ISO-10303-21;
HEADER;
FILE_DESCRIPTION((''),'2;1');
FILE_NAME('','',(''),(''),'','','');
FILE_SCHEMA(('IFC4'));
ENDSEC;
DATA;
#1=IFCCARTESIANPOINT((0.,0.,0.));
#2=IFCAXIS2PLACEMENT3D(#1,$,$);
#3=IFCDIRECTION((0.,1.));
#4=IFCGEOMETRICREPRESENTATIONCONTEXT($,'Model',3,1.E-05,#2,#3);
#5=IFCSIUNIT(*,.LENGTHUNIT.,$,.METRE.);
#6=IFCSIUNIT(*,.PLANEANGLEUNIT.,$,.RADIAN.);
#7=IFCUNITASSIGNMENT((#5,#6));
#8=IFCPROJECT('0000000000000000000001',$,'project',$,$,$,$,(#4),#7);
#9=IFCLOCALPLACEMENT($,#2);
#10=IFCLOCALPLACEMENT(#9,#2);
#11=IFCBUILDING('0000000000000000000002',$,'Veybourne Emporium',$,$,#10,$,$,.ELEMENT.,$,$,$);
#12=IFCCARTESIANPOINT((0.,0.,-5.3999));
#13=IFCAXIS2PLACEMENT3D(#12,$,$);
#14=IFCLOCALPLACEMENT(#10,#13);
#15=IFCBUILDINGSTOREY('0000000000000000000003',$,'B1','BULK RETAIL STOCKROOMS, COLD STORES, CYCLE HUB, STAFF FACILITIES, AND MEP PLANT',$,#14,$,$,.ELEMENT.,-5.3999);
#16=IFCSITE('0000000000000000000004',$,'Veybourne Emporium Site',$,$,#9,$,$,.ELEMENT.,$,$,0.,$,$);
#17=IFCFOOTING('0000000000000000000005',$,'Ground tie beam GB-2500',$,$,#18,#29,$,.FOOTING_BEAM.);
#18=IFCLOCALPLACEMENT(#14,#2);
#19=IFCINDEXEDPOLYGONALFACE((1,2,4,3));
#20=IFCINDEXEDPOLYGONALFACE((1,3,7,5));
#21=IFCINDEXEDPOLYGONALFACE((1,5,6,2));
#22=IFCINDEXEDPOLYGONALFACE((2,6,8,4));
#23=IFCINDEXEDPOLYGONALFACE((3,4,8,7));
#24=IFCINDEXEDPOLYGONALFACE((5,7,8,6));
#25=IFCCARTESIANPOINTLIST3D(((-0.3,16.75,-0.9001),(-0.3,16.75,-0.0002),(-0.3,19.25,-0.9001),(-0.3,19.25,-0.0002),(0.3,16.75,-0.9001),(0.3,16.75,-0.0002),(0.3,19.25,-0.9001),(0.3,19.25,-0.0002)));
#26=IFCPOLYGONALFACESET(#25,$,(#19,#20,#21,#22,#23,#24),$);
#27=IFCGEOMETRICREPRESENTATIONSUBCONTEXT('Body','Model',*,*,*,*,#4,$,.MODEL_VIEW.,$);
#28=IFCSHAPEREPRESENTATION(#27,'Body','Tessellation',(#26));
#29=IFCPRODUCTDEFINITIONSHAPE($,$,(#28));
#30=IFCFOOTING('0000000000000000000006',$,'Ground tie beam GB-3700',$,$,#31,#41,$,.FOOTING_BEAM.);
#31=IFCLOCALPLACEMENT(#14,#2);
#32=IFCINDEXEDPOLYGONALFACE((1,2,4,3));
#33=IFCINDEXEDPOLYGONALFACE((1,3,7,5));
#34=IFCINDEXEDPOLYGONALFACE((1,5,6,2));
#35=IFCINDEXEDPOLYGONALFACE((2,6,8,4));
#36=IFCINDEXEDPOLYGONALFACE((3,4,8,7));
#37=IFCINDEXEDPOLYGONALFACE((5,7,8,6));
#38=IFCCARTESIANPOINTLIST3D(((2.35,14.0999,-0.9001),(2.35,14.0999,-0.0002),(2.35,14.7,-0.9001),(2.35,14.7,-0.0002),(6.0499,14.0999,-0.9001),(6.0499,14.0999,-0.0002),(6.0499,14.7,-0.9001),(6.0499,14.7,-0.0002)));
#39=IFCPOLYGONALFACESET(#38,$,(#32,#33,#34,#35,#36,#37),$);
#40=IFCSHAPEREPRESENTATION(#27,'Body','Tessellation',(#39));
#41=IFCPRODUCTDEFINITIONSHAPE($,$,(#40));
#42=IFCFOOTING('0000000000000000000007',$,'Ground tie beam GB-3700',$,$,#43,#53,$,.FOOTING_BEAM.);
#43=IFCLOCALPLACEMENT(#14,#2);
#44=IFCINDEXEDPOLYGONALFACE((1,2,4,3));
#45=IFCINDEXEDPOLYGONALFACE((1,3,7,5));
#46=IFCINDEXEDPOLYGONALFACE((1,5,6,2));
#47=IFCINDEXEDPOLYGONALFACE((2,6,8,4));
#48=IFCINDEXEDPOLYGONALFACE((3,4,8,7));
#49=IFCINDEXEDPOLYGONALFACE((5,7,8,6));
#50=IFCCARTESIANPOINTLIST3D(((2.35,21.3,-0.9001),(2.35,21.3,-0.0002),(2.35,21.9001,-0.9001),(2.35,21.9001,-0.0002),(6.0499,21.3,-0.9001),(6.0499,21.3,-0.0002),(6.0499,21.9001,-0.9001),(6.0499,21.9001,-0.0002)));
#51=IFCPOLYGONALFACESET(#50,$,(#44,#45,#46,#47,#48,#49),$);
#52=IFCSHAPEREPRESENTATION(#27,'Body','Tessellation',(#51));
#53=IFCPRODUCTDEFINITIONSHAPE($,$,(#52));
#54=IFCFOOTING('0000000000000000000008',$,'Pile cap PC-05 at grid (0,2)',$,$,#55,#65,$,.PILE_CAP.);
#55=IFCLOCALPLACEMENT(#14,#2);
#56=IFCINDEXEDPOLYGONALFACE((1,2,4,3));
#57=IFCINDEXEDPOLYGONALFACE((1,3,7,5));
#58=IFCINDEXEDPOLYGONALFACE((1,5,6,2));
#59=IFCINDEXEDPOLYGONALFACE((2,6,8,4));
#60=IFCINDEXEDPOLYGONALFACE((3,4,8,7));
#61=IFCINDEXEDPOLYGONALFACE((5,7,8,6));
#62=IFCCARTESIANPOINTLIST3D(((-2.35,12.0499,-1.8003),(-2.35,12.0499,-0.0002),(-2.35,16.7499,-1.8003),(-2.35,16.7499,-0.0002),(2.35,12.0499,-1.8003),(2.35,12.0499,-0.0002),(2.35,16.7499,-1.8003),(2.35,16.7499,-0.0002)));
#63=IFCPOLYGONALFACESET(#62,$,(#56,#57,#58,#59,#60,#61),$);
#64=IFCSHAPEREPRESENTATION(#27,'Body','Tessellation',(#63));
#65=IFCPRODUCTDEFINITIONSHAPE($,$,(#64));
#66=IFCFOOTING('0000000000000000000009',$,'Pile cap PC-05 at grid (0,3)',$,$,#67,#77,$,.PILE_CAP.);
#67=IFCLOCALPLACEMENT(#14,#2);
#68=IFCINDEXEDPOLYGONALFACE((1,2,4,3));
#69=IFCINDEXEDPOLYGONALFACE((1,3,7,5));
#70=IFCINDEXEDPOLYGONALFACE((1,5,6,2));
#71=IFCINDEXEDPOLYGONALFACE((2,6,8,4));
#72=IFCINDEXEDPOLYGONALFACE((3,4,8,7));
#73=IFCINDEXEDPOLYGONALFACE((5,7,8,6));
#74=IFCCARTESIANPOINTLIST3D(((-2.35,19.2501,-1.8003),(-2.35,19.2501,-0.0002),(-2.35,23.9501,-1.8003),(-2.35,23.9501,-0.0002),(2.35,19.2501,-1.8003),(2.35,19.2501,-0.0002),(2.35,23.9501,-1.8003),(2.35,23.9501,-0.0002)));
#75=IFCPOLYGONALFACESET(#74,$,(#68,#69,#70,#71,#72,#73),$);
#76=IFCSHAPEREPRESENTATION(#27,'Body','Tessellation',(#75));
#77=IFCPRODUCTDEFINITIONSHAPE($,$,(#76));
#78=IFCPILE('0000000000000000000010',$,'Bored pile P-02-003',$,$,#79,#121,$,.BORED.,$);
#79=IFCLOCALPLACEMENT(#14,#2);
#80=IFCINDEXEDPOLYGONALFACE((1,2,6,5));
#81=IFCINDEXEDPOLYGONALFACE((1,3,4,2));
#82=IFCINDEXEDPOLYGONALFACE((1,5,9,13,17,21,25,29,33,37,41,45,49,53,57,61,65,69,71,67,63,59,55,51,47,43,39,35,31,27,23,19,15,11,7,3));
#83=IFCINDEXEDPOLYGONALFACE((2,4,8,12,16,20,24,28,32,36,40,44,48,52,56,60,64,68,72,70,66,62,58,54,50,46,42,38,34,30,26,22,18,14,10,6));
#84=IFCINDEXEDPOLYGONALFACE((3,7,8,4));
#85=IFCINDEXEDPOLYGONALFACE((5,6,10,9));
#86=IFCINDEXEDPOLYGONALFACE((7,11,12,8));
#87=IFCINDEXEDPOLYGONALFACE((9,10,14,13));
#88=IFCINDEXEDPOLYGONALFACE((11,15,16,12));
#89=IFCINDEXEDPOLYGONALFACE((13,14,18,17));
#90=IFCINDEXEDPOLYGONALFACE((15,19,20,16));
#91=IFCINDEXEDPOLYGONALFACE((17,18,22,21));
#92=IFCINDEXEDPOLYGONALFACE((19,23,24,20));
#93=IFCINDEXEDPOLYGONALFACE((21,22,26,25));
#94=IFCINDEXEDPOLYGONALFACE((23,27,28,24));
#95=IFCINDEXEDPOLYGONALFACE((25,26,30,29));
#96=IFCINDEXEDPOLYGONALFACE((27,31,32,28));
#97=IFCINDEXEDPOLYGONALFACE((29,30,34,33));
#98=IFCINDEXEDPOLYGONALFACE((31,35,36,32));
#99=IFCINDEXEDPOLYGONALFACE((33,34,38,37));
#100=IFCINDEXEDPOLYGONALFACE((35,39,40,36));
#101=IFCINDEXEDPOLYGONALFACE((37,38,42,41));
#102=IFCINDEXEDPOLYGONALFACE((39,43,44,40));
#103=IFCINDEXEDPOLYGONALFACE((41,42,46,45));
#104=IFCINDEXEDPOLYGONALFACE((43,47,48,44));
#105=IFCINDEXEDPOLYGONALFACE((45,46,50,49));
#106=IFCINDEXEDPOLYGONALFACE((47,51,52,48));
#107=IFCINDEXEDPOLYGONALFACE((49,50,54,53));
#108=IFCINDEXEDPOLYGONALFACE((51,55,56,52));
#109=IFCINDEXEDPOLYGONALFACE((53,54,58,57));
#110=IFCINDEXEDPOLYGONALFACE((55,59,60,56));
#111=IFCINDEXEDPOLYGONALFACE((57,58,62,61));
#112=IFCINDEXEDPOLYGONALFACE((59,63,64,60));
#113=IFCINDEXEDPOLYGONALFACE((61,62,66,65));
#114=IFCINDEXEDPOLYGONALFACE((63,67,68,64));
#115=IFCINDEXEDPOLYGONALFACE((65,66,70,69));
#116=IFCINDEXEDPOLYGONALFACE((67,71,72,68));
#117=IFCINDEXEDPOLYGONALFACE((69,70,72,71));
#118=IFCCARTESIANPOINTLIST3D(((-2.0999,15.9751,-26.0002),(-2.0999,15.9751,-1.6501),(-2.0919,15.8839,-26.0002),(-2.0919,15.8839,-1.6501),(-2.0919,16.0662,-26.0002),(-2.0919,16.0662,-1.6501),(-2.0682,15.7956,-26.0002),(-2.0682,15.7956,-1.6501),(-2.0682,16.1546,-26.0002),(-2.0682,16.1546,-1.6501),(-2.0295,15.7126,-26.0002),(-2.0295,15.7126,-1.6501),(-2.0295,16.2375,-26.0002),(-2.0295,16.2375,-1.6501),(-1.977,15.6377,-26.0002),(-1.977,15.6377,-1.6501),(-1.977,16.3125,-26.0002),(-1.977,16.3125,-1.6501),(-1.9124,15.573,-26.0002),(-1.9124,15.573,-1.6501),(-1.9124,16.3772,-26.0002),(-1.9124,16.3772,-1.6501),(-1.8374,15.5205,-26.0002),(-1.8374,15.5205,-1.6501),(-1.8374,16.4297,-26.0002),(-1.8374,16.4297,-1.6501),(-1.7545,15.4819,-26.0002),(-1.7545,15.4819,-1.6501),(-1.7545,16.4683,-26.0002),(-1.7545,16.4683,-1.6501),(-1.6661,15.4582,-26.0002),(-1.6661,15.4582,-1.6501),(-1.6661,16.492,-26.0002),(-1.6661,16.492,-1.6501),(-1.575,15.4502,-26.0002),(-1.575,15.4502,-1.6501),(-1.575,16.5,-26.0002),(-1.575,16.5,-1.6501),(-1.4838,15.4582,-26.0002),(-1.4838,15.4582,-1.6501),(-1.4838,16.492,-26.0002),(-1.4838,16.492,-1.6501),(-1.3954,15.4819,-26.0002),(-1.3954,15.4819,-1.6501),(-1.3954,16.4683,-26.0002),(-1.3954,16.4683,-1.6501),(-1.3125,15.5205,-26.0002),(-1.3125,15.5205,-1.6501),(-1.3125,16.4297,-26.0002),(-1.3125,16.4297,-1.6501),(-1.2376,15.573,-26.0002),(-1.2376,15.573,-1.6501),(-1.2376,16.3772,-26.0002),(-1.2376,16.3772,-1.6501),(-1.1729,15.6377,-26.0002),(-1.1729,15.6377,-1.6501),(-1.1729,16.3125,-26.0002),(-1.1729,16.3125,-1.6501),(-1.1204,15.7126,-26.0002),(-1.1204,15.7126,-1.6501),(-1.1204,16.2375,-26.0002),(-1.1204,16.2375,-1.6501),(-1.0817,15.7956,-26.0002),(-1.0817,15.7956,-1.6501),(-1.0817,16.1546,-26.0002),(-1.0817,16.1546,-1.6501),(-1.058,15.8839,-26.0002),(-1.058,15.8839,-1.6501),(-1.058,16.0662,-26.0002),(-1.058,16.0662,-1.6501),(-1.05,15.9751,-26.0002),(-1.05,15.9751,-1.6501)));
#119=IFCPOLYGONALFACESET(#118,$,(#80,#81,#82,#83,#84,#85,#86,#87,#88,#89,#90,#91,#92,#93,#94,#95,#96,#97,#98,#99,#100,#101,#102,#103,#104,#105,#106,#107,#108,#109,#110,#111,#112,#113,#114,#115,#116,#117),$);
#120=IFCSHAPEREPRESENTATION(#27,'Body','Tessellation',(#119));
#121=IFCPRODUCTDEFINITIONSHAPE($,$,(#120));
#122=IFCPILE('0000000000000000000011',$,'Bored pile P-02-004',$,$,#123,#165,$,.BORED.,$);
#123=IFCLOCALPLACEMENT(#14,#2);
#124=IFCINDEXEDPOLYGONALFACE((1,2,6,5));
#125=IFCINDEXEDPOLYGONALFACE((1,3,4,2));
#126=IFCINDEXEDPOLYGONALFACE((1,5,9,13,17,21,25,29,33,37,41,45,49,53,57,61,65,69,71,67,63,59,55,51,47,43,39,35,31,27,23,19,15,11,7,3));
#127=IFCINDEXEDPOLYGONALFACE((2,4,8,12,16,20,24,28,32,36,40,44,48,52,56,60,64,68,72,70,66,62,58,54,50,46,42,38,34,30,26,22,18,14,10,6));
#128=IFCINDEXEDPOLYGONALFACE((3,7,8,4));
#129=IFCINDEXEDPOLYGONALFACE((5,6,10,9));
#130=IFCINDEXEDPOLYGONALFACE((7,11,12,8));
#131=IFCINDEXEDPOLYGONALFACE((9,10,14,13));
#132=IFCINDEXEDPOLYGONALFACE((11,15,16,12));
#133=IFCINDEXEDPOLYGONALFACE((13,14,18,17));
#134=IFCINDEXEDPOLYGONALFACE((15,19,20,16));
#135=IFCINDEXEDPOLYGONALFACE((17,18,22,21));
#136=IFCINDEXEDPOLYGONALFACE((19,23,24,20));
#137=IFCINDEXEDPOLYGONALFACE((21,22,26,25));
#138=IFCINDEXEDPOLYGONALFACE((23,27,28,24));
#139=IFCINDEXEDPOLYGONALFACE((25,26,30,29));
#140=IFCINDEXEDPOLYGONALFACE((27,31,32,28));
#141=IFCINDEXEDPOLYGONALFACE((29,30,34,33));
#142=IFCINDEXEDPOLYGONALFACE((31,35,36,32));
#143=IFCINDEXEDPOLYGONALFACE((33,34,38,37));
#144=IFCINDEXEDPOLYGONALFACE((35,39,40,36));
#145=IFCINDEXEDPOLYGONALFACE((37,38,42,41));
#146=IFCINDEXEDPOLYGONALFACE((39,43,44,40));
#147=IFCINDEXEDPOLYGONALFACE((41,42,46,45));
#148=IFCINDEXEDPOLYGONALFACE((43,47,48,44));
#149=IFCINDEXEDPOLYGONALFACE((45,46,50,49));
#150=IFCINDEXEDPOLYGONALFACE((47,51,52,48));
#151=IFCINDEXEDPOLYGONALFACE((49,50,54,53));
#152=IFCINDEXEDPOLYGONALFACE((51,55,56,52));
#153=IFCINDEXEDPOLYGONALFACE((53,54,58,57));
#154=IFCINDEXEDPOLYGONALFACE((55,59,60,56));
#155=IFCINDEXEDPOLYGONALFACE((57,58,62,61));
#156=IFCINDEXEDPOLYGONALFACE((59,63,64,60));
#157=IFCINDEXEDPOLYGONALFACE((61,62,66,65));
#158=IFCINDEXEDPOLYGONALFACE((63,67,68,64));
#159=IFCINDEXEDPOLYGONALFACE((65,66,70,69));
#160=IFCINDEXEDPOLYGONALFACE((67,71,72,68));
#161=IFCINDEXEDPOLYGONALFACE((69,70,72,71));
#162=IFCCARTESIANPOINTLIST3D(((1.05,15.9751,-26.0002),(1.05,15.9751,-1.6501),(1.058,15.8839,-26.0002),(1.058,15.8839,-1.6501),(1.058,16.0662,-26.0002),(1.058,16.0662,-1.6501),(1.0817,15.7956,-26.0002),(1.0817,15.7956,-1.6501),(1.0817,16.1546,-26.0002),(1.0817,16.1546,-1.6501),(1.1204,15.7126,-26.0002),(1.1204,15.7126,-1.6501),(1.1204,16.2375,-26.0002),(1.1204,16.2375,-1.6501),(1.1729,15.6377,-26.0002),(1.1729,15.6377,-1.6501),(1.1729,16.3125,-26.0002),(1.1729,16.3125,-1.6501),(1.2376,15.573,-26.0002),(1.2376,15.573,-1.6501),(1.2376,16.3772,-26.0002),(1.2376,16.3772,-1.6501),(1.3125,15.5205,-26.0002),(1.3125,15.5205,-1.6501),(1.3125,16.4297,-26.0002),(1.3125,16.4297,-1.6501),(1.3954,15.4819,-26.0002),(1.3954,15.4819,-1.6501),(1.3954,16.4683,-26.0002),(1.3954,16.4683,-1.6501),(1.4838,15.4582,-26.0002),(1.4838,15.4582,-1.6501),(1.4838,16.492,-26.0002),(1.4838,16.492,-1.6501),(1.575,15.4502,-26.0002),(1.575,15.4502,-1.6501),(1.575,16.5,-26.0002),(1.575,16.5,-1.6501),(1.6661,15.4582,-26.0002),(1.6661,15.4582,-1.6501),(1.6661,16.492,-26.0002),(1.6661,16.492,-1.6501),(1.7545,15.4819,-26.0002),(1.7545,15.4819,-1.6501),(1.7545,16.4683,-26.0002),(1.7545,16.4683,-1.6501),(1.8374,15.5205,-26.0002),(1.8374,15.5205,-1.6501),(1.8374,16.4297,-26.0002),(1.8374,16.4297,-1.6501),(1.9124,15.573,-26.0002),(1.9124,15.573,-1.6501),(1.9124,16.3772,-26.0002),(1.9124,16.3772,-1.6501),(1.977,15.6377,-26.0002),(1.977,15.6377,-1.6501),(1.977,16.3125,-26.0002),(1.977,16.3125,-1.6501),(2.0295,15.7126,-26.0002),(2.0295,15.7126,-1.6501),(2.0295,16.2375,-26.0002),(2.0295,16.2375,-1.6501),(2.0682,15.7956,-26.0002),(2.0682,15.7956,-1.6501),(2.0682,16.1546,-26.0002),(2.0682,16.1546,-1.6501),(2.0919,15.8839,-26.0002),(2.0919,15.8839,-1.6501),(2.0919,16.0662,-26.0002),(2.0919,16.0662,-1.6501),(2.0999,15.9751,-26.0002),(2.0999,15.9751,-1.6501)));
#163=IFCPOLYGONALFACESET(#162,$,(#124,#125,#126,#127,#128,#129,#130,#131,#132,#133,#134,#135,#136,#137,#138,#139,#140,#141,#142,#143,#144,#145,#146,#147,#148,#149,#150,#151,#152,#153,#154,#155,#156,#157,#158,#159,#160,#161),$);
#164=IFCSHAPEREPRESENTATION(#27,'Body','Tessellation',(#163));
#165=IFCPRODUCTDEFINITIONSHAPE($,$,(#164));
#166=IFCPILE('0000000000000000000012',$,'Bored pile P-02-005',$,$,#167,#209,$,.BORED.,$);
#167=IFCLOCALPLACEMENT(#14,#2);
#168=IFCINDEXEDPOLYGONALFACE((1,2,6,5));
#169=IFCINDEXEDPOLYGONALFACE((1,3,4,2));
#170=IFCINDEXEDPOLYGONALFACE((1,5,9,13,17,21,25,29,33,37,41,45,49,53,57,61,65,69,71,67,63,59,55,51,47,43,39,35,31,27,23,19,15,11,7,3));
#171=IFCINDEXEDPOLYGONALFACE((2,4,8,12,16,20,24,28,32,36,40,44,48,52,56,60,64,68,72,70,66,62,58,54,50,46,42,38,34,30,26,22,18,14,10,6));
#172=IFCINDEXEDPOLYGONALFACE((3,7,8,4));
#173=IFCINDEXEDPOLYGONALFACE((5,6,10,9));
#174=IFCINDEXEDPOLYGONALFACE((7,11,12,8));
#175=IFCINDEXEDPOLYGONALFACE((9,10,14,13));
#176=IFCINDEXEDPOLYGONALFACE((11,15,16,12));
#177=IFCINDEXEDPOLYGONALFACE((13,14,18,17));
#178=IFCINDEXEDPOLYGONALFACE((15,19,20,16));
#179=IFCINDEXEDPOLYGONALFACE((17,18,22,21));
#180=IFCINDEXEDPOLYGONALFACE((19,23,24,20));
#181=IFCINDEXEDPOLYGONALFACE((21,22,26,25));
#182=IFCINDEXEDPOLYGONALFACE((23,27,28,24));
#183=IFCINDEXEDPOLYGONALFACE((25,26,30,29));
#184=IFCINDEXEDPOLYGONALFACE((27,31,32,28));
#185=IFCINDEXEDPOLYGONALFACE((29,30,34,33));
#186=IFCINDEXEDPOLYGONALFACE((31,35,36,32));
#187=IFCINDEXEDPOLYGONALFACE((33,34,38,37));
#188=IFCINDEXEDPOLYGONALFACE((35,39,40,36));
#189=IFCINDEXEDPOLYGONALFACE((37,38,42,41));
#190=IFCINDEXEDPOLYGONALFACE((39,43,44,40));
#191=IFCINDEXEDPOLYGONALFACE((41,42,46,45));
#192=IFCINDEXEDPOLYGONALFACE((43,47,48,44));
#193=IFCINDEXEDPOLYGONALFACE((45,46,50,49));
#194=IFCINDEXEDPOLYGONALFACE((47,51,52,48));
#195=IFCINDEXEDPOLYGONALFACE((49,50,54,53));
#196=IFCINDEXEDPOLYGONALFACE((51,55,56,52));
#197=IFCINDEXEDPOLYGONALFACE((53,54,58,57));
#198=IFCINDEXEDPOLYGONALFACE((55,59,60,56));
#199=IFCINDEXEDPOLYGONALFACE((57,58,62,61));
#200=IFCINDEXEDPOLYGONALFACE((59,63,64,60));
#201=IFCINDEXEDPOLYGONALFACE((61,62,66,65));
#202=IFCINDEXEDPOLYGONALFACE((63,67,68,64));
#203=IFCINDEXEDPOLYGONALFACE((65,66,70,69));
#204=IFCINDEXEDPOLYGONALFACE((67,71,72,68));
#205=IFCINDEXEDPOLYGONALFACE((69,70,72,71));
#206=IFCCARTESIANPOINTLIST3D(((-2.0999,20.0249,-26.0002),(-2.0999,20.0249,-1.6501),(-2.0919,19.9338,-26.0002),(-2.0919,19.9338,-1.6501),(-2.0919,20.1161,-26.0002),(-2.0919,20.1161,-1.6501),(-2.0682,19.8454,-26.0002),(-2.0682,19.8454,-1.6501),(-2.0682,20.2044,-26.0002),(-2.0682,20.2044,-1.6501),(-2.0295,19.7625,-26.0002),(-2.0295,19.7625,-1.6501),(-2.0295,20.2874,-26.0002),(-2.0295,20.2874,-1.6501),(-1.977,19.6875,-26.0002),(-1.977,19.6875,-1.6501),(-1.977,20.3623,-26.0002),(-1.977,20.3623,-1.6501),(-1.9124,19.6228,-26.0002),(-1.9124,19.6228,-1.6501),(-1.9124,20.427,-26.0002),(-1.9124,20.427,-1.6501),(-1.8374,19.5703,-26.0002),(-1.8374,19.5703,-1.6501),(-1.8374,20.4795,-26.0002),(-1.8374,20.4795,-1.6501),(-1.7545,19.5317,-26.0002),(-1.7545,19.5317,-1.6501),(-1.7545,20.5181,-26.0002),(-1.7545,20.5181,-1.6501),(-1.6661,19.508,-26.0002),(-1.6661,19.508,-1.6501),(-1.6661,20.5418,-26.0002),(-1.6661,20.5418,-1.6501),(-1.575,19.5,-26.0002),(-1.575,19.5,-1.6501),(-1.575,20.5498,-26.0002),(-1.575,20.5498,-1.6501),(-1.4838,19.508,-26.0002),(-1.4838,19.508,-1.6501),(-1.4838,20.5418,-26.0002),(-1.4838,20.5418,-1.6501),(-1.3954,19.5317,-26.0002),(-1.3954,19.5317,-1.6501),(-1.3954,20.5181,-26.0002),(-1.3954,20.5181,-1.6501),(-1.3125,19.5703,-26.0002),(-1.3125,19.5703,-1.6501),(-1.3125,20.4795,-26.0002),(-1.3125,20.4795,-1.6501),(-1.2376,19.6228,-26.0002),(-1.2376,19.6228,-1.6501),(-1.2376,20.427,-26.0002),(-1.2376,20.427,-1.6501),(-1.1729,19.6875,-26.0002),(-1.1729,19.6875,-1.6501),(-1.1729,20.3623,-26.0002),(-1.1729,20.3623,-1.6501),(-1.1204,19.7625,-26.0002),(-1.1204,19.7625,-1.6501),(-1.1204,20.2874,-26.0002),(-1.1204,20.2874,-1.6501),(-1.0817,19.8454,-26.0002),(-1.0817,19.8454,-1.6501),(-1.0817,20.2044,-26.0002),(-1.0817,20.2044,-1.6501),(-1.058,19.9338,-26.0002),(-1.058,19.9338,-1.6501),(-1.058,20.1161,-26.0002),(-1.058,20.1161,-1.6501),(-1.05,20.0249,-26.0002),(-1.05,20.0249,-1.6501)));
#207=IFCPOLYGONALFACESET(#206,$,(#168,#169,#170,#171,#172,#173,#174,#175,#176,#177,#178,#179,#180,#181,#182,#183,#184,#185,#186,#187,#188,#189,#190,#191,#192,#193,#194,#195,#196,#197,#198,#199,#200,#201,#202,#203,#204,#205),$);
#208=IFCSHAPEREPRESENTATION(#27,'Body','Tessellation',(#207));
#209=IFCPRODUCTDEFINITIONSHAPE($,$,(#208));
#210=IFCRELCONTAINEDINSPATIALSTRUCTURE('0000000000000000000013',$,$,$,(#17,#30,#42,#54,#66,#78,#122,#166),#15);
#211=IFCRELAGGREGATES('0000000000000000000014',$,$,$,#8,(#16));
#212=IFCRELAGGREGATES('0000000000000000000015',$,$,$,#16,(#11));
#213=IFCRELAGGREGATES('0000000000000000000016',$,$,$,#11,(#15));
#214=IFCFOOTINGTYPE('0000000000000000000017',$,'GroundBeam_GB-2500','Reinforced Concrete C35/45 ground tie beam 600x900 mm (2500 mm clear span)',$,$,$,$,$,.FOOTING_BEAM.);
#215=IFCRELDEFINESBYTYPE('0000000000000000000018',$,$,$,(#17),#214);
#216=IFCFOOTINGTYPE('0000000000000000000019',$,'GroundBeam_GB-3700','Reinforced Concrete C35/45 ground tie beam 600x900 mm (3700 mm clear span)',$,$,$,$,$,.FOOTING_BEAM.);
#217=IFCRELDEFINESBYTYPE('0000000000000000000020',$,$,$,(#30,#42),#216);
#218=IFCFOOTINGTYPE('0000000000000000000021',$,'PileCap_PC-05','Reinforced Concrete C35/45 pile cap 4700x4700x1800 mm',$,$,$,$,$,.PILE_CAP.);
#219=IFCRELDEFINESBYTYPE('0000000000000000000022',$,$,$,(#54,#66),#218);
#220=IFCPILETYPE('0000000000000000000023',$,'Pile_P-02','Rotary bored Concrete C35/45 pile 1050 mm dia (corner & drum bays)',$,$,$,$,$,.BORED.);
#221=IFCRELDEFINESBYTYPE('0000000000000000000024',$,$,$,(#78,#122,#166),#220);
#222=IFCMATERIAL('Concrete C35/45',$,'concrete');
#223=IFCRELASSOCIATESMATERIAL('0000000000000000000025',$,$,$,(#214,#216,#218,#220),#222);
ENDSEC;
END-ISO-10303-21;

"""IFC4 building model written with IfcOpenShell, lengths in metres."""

from ifc_helpers import new_model, si_unit, direction, frame, origin, origin_2d, place, context, subcontext, project, spatial, rectangle, circle, extrude, material, material_profile, profile_set, type_object, element, save


model = new_model("IFC4")

# Units and contexts
model_context = context("Model", 3, precision=1e-05, world=origin(), true_north=direction((0.0, 1.0)))
body_context = subcontext(model_context, "Body", "Model", "MODEL_VIEW")
ifc_project = project(units=[si_unit("LENGTHUNIT", "METRE"), si_unit("PLANEANGLEUNIT", "RADIAN")], contexts=[model_context])

# Site, building, storey
site_placement = place(None, origin())
site = spatial("IfcSite", under=ifc_project, at=site_placement, Name="Veybourne Emporium Site", CompositionType="ELEMENT", RefElevation=0.0)
building_placement = place(site_placement, origin())
building = spatial("IfcBuilding", under=site, at=building_placement, Name="Veybourne Emporium", CompositionType="ELEMENT")
storey_placement = place(building_placement, frame((0.0, 0.0, -5.3999)))
storey = spatial("IfcBuildingStorey", under=building, at=storey_placement, Name="B1", Description="BULK RETAIL STOCKROOMS, COLD STORES, CYCLE HUB, STAFF FACILITIES, AND MEP PLANT", CompositionType="ELEMENT", Elevation=-5.3999)

# Footings
ifc_material_1 = material(Name="Concrete C35/45", Category="concrete")
footing_type_1 = type_object("IfcFootingType", Name="GroundBeam_GB-2500", Description="Reinforced Concrete C35/45 ground tie beam 600x900 mm (2500 mm clear span)", PredefinedType="FOOTING_BEAM", material=ifc_material_1)
footing_placement = place(storey_placement, frame((0.0, 18.0, -0.9001), z_axis=(0.0, 0.0, 1.0), x_axis=(0.0, 1.0, 0.0)))
element("IfcFooting", 1, at=footing_placement, inside=storey, type_object=footing_type_1, Name="Ground tie beam GB-2500", PredefinedType="FOOTING_BEAM", context=body_context, shape_type="SweptSolid", body=[
    extrude(rectangle(XDim=2.5, YDim=0.6001, at=origin_2d()), origin(), (0.0, 0.0, 1.0), 0.8999),
])
footing_type_2 = type_object("IfcFootingType", Name="GroundBeam_GB-3700", Description="Reinforced Concrete C35/45 ground tie beam 600x900 mm (3700 mm clear span)", PredefinedType="FOOTING_BEAM", material=ifc_material_1)
for number, where, z_axis, x_axis, name in (
    (2, (4.2, 14.3999, -0.9001), (0.0, 0.0, 1.0), (1.0, 0.0, 0.0), "Ground tie beam GB-3700"),
    (3, (4.2, 21.6001, -0.9001), (0.0, 0.0, 1.0), (1.0, 0.0, 0.0), "Ground tie beam GB-3700"),
):
    element("IfcFooting", number, at=place(storey_placement, frame(where, z_axis=z_axis, x_axis=x_axis)), inside=storey, type_object=footing_type_2, Name=name, PredefinedType="FOOTING_BEAM", context=body_context, shape_type="SweptSolid", body=[
        extrude(rectangle(XDim=3.7, YDim=0.6001, at=origin_2d()), origin(), (0.0, 0.0, 1.0), 0.8999),
    ])
footing_type_3 = type_object("IfcFootingType", Name="PileCap_PC-05", Description="Reinforced Concrete C35/45 pile cap 4700x4700x1800 mm", PredefinedType="PILE_CAP", material=ifc_material_1)
for number, where, z_axis, x_axis, name in (
    (4, (0.0, 14.3999, -1.8003), (0.0, 0.0, 1.0), (1.0, 0.0, 0.0), "Pile cap PC-05 at grid (0,2)"),
    (5, (0.0, 21.6001, -1.8003), (0.0, 0.0, 1.0), (1.0, 0.0, 0.0), "Pile cap PC-05 at grid (0,3)"),
):
    element("IfcFooting", number, at=place(storey_placement, frame(where, z_axis=z_axis, x_axis=x_axis)), inside=storey, type_object=footing_type_3, Name=name, PredefinedType="PILE_CAP", context=body_context, shape_type="SweptSolid", body=[
        extrude(rectangle(XDim=4.7, YDim=4.7, at=origin_2d()), origin(), (0.0, 0.0, 1.0), 1.8),
    ])

# Piles
ifc_material_profile_1 = material_profile(ifc_material_1, circle(Radius=0.5249, at=origin_2d()), Name="BORED PILE 1050")
ifc_profile_set_1 = profile_set([ifc_material_profile_1], Name="Concrete C35/45")
pile_type = type_object("IfcPileType", Name="Pile_P-02", Description="Rotary bored Concrete C35/45 pile 1050 mm dia (corner & drum bays)", PredefinedType="BORED", material=ifc_profile_set_1)
for number, where, z_axis, x_axis, name in (
    (6, (-1.575, 15.9751, -1.6501), (0.0, 0.0, -1.0), (1.0, 0.0, 0.0), "Bored pile P-02-003"),
    (7, (1.575, 15.9751, -1.6501), (0.0, 0.0, -1.0), (1.0, 0.0, 0.0), "Bored pile P-02-004"),
    (8, (-1.575, 20.0249, -1.6501), (0.0, 0.0, -1.0), (1.0, 0.0, 0.0), "Bored pile P-02-005"),
):
    element("IfcPile", number, at=place(storey_placement, frame(where, z_axis=z_axis, x_axis=x_axis)), inside=storey, type_object=pile_type, Name=name, PredefinedType="BORED", context=body_context, shape_type="SweptSolid", body=[
        extrude(circle(Radius=0.5249, at=origin_2d()), origin(), (0.0, 0.0, 1.0), 24.3501),
    ])

save(model, "model.ifc")
